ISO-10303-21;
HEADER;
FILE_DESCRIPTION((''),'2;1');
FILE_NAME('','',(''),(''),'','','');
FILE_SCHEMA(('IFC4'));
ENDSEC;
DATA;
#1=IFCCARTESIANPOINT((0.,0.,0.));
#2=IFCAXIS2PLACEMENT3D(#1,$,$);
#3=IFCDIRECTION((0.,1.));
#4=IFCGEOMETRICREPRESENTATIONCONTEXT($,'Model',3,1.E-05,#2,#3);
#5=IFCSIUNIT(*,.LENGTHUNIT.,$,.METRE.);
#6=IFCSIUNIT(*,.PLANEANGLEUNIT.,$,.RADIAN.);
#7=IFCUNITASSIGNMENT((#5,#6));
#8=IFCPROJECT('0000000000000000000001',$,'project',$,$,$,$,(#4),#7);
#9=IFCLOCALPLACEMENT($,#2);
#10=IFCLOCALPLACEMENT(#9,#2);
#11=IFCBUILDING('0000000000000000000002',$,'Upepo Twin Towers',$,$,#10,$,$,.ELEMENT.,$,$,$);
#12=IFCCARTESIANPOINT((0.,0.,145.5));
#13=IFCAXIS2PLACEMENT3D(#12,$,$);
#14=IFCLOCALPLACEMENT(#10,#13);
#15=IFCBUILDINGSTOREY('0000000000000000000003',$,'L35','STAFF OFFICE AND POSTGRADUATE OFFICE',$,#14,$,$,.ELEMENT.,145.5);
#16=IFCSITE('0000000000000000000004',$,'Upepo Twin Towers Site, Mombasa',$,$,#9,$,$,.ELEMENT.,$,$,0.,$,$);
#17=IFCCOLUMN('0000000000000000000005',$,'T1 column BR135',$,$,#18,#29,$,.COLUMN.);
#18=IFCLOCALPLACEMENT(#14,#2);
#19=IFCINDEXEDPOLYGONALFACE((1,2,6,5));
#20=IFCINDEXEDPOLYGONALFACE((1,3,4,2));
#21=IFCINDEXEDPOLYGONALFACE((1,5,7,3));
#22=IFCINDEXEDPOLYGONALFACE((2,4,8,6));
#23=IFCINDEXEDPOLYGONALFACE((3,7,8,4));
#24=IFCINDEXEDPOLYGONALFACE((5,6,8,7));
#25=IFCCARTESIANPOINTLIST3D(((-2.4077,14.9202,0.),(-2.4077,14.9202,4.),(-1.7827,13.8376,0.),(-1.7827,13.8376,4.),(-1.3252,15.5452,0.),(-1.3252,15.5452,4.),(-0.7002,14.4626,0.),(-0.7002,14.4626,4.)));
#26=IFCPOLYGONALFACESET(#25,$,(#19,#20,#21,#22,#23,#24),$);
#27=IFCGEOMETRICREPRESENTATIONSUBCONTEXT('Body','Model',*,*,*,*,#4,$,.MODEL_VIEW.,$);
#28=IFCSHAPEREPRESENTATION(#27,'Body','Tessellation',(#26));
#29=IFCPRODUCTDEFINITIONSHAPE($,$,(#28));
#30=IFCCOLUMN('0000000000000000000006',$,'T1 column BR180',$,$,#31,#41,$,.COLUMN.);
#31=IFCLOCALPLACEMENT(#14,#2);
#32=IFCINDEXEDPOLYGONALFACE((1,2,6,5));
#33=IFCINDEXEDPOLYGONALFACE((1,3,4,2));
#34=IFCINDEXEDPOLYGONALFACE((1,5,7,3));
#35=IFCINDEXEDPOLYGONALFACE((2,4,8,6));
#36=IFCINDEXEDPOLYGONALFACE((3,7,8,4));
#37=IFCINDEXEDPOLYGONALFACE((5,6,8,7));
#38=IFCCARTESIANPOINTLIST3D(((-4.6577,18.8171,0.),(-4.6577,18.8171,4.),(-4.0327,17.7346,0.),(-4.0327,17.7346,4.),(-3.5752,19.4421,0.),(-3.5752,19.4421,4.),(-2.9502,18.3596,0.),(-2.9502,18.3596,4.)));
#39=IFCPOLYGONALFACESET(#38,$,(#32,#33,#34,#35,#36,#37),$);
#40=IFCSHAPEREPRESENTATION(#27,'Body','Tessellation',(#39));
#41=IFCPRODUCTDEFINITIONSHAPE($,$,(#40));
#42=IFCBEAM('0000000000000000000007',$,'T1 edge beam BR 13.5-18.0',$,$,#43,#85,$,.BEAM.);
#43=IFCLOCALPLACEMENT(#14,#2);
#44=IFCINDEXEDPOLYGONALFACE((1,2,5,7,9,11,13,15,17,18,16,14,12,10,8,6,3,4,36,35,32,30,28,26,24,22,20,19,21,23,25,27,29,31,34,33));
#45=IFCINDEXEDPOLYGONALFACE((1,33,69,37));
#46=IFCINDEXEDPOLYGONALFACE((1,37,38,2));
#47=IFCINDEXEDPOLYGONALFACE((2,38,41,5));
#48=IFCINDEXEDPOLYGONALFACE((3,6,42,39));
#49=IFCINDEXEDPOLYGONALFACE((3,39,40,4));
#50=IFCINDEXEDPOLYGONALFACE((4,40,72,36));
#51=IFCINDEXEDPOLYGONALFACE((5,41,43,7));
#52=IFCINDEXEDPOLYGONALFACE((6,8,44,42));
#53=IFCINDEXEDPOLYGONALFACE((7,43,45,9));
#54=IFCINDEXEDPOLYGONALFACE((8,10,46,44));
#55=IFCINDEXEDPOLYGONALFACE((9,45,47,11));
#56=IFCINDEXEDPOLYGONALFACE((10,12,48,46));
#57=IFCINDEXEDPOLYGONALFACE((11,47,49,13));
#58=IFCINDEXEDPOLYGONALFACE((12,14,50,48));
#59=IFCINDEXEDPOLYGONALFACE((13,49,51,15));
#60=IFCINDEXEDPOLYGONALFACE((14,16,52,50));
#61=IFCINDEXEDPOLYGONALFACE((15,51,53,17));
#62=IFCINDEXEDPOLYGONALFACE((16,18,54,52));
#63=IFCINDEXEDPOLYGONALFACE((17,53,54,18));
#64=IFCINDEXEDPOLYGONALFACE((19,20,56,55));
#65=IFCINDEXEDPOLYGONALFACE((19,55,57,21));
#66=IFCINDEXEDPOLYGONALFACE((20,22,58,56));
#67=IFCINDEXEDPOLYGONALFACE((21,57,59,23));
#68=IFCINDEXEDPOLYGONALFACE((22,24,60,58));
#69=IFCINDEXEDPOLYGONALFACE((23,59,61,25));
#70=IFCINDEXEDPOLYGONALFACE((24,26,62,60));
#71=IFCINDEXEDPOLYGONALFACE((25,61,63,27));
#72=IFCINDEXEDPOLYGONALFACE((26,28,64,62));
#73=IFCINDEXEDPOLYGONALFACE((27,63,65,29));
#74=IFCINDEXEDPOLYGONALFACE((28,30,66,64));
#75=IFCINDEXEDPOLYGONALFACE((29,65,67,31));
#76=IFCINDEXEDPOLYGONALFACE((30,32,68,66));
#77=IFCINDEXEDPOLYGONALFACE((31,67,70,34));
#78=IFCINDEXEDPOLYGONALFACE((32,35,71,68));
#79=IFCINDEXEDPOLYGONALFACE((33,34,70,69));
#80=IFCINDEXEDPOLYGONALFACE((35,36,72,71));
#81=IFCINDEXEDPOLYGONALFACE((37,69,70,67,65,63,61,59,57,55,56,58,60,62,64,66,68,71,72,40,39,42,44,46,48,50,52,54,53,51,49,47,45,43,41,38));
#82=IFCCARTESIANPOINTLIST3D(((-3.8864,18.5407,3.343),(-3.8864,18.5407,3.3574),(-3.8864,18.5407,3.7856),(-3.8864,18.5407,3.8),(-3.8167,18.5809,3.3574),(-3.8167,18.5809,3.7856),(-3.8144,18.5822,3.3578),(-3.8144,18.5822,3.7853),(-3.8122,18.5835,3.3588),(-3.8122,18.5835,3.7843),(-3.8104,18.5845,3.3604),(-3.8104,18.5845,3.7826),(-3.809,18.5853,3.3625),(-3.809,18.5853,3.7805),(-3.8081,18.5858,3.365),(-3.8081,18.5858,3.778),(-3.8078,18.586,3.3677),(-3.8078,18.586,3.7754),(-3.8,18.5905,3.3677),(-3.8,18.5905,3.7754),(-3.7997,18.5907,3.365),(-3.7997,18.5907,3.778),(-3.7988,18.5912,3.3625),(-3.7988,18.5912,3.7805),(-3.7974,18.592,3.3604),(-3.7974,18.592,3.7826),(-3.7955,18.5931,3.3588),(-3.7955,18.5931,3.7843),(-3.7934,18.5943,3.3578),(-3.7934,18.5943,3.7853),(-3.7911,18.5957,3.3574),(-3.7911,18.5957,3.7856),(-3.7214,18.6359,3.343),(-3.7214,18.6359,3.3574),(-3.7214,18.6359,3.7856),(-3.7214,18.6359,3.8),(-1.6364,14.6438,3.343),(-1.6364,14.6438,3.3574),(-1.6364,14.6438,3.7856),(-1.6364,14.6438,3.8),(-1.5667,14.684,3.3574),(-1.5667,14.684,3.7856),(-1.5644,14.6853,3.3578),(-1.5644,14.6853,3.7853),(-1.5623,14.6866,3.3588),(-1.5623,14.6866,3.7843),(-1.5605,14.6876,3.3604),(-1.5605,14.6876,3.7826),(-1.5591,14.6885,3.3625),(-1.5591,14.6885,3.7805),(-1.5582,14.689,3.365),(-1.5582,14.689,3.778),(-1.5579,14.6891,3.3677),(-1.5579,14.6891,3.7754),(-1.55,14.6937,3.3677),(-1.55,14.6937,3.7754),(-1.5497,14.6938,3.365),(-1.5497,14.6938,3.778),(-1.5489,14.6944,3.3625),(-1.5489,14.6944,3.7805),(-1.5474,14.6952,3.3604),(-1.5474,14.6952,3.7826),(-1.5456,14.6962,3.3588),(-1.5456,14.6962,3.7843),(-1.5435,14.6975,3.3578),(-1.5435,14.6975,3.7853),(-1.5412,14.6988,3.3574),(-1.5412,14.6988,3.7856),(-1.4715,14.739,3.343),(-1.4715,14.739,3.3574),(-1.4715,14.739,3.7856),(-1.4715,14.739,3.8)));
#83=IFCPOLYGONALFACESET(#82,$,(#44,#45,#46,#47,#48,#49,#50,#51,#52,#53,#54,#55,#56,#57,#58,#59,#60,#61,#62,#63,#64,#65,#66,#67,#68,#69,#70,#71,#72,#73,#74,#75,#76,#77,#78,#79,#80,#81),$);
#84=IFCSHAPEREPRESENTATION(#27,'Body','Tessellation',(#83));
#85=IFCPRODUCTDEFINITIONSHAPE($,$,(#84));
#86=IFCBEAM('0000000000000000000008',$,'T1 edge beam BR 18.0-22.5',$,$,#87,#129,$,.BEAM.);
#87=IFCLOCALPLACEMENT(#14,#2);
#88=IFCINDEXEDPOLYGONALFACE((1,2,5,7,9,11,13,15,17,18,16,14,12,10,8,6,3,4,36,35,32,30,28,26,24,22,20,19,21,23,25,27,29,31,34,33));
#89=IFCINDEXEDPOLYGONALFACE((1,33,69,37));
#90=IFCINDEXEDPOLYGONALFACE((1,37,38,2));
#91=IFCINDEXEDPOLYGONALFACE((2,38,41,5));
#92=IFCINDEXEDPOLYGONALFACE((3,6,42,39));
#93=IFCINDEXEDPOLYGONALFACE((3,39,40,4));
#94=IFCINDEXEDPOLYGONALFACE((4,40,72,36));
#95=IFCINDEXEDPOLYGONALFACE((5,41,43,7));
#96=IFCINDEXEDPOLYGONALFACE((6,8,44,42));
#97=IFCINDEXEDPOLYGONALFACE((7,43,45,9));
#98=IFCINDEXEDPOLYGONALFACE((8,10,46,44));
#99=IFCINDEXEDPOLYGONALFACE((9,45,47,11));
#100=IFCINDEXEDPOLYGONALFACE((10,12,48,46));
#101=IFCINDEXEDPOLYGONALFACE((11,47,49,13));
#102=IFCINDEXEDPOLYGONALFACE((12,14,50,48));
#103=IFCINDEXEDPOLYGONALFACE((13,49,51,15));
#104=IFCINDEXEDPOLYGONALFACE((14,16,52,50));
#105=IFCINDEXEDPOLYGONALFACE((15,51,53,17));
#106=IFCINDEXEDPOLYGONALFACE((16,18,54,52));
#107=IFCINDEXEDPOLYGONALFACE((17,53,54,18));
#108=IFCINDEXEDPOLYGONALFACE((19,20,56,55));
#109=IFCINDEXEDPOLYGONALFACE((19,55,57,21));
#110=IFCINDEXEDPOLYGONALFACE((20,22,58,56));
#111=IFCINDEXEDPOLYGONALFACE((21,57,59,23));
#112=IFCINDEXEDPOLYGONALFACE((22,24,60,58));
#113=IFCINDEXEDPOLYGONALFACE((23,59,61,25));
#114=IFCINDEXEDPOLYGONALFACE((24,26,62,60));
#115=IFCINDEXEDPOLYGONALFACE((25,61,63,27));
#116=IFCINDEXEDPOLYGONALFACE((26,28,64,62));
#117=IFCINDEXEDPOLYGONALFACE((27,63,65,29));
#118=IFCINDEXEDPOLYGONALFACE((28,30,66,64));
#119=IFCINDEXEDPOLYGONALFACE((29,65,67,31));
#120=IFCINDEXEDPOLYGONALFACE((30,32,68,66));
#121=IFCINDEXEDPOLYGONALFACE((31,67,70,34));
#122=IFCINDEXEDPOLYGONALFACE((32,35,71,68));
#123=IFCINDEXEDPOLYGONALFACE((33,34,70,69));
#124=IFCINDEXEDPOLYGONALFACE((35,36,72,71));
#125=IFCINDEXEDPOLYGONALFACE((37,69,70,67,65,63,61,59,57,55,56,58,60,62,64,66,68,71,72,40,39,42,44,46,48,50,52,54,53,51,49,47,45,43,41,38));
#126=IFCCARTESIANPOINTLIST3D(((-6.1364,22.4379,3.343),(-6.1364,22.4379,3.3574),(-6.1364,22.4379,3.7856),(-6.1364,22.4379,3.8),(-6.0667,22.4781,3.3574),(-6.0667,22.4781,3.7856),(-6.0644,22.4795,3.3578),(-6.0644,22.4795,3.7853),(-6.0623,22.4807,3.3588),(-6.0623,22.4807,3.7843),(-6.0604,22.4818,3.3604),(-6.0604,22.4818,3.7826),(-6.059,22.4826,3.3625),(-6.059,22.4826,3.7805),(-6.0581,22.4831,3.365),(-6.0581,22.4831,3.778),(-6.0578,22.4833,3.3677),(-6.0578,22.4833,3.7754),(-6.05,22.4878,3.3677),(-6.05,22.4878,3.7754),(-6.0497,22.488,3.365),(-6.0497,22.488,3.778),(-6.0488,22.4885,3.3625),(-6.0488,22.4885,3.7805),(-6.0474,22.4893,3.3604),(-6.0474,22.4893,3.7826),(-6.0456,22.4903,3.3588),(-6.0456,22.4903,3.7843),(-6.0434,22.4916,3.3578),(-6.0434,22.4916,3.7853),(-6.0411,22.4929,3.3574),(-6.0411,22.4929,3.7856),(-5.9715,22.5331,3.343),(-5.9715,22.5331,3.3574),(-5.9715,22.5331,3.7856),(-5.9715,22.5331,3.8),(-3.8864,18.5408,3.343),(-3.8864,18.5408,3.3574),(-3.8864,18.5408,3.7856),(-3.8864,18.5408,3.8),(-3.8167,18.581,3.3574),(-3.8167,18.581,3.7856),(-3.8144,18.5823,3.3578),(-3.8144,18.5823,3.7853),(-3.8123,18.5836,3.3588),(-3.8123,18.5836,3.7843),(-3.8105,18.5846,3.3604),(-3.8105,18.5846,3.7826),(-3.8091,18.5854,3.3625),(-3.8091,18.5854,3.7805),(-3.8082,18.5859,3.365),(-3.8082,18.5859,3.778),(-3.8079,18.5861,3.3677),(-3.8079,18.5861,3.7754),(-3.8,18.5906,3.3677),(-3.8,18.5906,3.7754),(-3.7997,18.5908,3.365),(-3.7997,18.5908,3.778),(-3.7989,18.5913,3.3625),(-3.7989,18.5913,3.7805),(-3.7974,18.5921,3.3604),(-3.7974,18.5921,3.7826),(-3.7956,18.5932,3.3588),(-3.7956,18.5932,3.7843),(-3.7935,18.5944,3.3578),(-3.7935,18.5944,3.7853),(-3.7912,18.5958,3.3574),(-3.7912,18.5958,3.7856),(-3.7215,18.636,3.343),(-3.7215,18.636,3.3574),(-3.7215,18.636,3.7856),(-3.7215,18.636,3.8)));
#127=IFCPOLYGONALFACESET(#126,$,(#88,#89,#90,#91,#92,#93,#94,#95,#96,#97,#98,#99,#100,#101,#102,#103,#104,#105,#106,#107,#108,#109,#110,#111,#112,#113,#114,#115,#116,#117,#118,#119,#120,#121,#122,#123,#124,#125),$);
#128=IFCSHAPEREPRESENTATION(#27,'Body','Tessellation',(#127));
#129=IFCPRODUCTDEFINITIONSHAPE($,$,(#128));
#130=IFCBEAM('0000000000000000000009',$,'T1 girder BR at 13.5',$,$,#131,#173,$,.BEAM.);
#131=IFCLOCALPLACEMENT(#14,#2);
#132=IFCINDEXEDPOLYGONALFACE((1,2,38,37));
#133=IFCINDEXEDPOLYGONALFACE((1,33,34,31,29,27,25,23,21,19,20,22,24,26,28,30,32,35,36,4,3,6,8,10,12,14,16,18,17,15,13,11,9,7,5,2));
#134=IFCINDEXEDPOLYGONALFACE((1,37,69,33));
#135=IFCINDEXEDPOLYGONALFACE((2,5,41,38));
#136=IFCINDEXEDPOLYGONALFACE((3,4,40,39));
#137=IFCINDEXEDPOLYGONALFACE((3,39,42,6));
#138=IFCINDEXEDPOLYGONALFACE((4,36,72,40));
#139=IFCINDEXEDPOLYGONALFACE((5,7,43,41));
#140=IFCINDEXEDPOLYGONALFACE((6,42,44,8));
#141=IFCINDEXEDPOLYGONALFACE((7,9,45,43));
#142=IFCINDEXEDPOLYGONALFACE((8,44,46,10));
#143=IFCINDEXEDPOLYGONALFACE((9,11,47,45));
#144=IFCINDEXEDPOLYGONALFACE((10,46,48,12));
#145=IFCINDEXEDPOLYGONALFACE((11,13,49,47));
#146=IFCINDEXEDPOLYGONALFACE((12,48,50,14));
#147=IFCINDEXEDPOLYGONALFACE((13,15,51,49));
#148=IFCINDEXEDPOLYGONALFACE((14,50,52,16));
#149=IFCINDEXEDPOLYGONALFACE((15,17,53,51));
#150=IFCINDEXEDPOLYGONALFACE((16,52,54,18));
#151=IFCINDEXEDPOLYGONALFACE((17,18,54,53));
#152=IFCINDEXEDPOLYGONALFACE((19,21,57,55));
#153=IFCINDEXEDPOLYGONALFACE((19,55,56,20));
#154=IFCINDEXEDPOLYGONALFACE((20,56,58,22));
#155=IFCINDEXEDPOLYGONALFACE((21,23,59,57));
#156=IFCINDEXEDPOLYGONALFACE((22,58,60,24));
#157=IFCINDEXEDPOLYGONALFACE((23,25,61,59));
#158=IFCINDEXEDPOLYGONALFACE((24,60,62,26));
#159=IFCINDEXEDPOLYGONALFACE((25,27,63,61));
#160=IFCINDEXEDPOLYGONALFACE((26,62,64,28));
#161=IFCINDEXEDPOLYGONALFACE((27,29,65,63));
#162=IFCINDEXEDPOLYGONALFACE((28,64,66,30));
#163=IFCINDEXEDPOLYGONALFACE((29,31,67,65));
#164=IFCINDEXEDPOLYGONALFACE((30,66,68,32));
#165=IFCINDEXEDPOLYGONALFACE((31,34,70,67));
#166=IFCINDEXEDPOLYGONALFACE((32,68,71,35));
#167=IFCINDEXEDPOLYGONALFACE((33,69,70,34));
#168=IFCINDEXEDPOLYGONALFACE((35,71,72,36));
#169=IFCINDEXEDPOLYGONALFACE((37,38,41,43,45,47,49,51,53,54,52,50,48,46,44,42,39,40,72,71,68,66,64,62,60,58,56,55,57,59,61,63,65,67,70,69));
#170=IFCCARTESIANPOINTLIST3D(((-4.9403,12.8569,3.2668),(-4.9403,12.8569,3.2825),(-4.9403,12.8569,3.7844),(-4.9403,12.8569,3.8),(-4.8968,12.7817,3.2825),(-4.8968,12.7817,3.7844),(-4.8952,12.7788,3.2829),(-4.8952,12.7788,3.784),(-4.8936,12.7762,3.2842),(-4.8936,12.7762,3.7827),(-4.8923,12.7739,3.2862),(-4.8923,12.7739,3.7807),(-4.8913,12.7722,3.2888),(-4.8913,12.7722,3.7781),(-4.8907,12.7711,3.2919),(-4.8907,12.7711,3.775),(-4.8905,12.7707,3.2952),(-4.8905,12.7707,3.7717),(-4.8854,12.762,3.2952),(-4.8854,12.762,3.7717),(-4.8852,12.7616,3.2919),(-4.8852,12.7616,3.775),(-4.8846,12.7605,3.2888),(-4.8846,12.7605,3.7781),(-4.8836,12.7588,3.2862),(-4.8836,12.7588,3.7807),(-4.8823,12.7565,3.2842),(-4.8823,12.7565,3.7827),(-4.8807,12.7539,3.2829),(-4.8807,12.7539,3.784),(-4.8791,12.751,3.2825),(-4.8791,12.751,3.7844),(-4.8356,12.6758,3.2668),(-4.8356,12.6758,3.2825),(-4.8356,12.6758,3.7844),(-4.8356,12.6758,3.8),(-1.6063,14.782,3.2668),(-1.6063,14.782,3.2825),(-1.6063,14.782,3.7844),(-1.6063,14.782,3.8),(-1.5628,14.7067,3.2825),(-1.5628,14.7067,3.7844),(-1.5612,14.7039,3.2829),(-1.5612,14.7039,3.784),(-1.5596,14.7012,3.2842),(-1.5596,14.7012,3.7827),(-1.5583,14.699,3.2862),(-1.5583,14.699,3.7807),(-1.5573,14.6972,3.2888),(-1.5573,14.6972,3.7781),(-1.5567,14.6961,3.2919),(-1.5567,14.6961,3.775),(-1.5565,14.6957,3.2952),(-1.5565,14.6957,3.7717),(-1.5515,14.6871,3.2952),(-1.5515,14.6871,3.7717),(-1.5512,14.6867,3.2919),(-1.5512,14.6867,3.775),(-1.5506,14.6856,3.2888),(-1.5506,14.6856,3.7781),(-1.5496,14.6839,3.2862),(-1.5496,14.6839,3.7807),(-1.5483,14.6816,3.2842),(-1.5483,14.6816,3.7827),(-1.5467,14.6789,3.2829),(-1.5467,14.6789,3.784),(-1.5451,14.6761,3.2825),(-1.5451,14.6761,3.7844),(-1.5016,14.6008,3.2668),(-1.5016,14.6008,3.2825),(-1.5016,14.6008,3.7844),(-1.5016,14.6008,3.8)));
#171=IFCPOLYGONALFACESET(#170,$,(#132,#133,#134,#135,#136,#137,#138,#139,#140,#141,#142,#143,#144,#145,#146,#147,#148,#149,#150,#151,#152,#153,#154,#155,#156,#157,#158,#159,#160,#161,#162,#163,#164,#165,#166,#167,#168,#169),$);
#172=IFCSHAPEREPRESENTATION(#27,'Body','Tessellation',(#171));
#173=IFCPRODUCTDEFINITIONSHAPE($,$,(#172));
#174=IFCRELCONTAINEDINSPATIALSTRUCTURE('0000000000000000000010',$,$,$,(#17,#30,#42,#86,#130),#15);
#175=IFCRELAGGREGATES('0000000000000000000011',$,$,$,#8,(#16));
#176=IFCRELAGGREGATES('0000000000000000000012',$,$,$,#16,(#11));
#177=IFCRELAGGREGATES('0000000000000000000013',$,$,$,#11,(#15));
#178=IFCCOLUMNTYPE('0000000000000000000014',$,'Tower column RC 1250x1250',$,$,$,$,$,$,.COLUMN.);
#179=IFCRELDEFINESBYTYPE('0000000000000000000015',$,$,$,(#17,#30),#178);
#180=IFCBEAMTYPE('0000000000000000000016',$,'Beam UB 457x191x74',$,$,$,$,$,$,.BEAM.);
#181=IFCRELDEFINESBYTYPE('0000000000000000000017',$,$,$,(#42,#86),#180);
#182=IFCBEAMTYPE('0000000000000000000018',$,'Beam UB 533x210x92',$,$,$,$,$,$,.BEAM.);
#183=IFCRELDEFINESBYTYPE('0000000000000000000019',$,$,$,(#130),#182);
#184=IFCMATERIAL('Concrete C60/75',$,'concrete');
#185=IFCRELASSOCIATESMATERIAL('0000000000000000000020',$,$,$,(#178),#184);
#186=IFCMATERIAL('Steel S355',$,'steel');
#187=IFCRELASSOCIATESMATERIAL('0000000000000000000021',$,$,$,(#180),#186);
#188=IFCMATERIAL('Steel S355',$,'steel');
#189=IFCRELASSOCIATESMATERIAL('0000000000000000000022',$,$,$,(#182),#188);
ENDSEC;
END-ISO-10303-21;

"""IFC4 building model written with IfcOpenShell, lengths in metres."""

from ifc_helpers import new_model, si_unit, direction, frame, origin, origin_2d, place, context, subcontext, project, spatial, rectangle, i_section, extrude, material, material_profile, profile_set, type_object, element, save


model = new_model("IFC4")

# Units and contexts
model_context = context("Model", 3, precision=1e-05, world=origin(), true_north=direction((0.0, 1.0)))
body_context = subcontext(model_context, "Body", "Model", "MODEL_VIEW")
ifc_project = project(units=[si_unit("LENGTHUNIT", "METRE"), si_unit("PLANEANGLEUNIT", "RADIAN")], contexts=[model_context])

# Site, building, storey
site_placement = place(None, origin())
site = spatial("IfcSite", under=ifc_project, at=site_placement, Name="Upepo Twin Towers Site, Mombasa", CompositionType="ELEMENT", RefElevation=0.0)
building_placement = place(site_placement, origin())
building = spatial("IfcBuilding", under=site, at=building_placement, Name="Upepo Twin Towers", CompositionType="ELEMENT")
storey_placement = place(building_placement, frame((0.0, 0.0, 145.5)))
storey = spatial("IfcBuildingStorey", under=building, at=storey_placement, Name="L35", Description="STAFF OFFICE AND POSTGRADUATE OFFICE", CompositionType="ELEMENT", Elevation=145.5)

# Columns
ifc_material_1 = material(Name="Concrete C60/75", Category="concrete")
ifc_material_profile_1 = material_profile(ifc_material_1, rectangle(XDim=1.25, YDim=1.25, at=origin_2d()), Name="RC 1250x1250")
ifc_profile_set_1 = profile_set([ifc_material_profile_1], Name="Concrete C60/75")
column_type = type_object("IfcColumnType", Name="Tower column RC 1250x1250", PredefinedType="COLUMN", material=ifc_profile_set_1)
for number, where, z_axis, x_axis, name in (
    (1, (-1.554, 14.6914, 0.0), (0.0, 0.0, 1.0), (0.866025, 0.5, 0.0), "T1 column BR135"),
    (2, (-3.804, 18.5884, 0.0), (0.0, 0.0, 1.0), (0.866025, 0.5, 0.0), "T1 column BR180"),
):
    element("IfcColumn", number, at=place(storey_placement, frame(where, z_axis=z_axis, x_axis=x_axis)), inside=storey, type_object=column_type, Name=name, PredefinedType="COLUMN", context=body_context, shape_type="SweptSolid", body=[
        extrude(rectangle(XDim=1.25, YDim=1.25, at=origin_2d()), origin(), (0.0, 0.0, 1.0), 4.0),
    ])

# Beams
ifc_material_2 = material(Name="Steel S355", Category="steel")
ifc_material_profile_2 = material_profile(ifc_material_2, i_section(OverallWidth=0.1904, OverallDepth=0.457, WebThickness=0.009, FlangeThickness=0.0144, FilletRadius=0.0103, at=origin_2d()), Name="UB 457x191x74")
ifc_profile_set_2 = profile_set([ifc_material_profile_2], Name="Steel S355")
beam_type_1 = type_object("IfcBeamType", Name="Beam UB 457x191x74", PredefinedType="BEAM", material=ifc_profile_set_2)
beam_1_placement = place(storey_placement, frame((-1.554, 14.6914, 3.5715), z_axis=(-0.500014, 0.866018, 0.0), x_axis=(-0.866018, -0.500014, 0.0)))
element("IfcBeam", 3, at=beam_1_placement, inside=storey, type_object=beam_type_1, Name="T1 edge beam BR 13.5-18.0", PredefinedType="BEAM", context=body_context, shape_type="SweptSolid", body=[
    extrude(i_section(OverallWidth=0.1904, OverallDepth=0.457, WebThickness=0.009, FlangeThickness=0.0144, FilletRadius=0.0103, at=origin_2d()), origin(), (0.0, 0.0, 1.0), 4.4998),
])
beam_2_placement = place(storey_placement, frame((-3.804, 18.5884, 3.5715), z_axis=(-0.49999, 0.866031, 0.0), x_axis=(-0.866031, -0.49999, 0.0)))
element("IfcBeam", 4, at=beam_2_placement, inside=storey, type_object=beam_type_1, Name="T1 edge beam BR 18.0-22.5", PredefinedType="BEAM", context=body_context, shape_type="SweptSolid", body=[
    extrude(i_section(OverallWidth=0.1904, OverallDepth=0.457, WebThickness=0.009, FlangeThickness=0.0144, FilletRadius=0.0103, at=origin_2d()), origin(), (0.0, 0.0, 1.0), 4.5),
])
ifc_material_3 = material(Name="Steel S355", Category="steel")
ifc_material_profile_3 = material_profile(ifc_material_3, i_section(OverallWidth=0.2092, OverallDepth=0.5332, WebThickness=0.01, FlangeThickness=0.0156, FilletRadius=0.0127, at=origin_2d()), Name="UB 533x210x92")
ifc_profile_set_3 = profile_set([ifc_material_profile_3], Name="Steel S355")
beam_type_2 = type_object("IfcBeamType", Name="Beam UB 533x210x92", PredefinedType="BEAM", material=ifc_profile_set_3)
beam_3_placement = place(storey_placement, frame((-1.554, 14.6914, 3.5334), z_axis=(-0.866006, -0.500034, 0.0), x_axis=(0.500034, -0.866006, 0.0)))
element("IfcBeam", 5, at=beam_3_placement, inside=storey, type_object=beam_type_2, Name="T1 girder BR at 13.5", PredefinedType="BEAM", context=body_context, shape_type="SweptSolid", body=[
    extrude(i_section(OverallWidth=0.2092, OverallDepth=0.5332, WebThickness=0.01, FlangeThickness=0.0156, FilletRadius=0.0127, at=origin_2d()), origin(), (0.0, 0.0, 1.0), 3.8499),
])

save(model, "model.ifc")
